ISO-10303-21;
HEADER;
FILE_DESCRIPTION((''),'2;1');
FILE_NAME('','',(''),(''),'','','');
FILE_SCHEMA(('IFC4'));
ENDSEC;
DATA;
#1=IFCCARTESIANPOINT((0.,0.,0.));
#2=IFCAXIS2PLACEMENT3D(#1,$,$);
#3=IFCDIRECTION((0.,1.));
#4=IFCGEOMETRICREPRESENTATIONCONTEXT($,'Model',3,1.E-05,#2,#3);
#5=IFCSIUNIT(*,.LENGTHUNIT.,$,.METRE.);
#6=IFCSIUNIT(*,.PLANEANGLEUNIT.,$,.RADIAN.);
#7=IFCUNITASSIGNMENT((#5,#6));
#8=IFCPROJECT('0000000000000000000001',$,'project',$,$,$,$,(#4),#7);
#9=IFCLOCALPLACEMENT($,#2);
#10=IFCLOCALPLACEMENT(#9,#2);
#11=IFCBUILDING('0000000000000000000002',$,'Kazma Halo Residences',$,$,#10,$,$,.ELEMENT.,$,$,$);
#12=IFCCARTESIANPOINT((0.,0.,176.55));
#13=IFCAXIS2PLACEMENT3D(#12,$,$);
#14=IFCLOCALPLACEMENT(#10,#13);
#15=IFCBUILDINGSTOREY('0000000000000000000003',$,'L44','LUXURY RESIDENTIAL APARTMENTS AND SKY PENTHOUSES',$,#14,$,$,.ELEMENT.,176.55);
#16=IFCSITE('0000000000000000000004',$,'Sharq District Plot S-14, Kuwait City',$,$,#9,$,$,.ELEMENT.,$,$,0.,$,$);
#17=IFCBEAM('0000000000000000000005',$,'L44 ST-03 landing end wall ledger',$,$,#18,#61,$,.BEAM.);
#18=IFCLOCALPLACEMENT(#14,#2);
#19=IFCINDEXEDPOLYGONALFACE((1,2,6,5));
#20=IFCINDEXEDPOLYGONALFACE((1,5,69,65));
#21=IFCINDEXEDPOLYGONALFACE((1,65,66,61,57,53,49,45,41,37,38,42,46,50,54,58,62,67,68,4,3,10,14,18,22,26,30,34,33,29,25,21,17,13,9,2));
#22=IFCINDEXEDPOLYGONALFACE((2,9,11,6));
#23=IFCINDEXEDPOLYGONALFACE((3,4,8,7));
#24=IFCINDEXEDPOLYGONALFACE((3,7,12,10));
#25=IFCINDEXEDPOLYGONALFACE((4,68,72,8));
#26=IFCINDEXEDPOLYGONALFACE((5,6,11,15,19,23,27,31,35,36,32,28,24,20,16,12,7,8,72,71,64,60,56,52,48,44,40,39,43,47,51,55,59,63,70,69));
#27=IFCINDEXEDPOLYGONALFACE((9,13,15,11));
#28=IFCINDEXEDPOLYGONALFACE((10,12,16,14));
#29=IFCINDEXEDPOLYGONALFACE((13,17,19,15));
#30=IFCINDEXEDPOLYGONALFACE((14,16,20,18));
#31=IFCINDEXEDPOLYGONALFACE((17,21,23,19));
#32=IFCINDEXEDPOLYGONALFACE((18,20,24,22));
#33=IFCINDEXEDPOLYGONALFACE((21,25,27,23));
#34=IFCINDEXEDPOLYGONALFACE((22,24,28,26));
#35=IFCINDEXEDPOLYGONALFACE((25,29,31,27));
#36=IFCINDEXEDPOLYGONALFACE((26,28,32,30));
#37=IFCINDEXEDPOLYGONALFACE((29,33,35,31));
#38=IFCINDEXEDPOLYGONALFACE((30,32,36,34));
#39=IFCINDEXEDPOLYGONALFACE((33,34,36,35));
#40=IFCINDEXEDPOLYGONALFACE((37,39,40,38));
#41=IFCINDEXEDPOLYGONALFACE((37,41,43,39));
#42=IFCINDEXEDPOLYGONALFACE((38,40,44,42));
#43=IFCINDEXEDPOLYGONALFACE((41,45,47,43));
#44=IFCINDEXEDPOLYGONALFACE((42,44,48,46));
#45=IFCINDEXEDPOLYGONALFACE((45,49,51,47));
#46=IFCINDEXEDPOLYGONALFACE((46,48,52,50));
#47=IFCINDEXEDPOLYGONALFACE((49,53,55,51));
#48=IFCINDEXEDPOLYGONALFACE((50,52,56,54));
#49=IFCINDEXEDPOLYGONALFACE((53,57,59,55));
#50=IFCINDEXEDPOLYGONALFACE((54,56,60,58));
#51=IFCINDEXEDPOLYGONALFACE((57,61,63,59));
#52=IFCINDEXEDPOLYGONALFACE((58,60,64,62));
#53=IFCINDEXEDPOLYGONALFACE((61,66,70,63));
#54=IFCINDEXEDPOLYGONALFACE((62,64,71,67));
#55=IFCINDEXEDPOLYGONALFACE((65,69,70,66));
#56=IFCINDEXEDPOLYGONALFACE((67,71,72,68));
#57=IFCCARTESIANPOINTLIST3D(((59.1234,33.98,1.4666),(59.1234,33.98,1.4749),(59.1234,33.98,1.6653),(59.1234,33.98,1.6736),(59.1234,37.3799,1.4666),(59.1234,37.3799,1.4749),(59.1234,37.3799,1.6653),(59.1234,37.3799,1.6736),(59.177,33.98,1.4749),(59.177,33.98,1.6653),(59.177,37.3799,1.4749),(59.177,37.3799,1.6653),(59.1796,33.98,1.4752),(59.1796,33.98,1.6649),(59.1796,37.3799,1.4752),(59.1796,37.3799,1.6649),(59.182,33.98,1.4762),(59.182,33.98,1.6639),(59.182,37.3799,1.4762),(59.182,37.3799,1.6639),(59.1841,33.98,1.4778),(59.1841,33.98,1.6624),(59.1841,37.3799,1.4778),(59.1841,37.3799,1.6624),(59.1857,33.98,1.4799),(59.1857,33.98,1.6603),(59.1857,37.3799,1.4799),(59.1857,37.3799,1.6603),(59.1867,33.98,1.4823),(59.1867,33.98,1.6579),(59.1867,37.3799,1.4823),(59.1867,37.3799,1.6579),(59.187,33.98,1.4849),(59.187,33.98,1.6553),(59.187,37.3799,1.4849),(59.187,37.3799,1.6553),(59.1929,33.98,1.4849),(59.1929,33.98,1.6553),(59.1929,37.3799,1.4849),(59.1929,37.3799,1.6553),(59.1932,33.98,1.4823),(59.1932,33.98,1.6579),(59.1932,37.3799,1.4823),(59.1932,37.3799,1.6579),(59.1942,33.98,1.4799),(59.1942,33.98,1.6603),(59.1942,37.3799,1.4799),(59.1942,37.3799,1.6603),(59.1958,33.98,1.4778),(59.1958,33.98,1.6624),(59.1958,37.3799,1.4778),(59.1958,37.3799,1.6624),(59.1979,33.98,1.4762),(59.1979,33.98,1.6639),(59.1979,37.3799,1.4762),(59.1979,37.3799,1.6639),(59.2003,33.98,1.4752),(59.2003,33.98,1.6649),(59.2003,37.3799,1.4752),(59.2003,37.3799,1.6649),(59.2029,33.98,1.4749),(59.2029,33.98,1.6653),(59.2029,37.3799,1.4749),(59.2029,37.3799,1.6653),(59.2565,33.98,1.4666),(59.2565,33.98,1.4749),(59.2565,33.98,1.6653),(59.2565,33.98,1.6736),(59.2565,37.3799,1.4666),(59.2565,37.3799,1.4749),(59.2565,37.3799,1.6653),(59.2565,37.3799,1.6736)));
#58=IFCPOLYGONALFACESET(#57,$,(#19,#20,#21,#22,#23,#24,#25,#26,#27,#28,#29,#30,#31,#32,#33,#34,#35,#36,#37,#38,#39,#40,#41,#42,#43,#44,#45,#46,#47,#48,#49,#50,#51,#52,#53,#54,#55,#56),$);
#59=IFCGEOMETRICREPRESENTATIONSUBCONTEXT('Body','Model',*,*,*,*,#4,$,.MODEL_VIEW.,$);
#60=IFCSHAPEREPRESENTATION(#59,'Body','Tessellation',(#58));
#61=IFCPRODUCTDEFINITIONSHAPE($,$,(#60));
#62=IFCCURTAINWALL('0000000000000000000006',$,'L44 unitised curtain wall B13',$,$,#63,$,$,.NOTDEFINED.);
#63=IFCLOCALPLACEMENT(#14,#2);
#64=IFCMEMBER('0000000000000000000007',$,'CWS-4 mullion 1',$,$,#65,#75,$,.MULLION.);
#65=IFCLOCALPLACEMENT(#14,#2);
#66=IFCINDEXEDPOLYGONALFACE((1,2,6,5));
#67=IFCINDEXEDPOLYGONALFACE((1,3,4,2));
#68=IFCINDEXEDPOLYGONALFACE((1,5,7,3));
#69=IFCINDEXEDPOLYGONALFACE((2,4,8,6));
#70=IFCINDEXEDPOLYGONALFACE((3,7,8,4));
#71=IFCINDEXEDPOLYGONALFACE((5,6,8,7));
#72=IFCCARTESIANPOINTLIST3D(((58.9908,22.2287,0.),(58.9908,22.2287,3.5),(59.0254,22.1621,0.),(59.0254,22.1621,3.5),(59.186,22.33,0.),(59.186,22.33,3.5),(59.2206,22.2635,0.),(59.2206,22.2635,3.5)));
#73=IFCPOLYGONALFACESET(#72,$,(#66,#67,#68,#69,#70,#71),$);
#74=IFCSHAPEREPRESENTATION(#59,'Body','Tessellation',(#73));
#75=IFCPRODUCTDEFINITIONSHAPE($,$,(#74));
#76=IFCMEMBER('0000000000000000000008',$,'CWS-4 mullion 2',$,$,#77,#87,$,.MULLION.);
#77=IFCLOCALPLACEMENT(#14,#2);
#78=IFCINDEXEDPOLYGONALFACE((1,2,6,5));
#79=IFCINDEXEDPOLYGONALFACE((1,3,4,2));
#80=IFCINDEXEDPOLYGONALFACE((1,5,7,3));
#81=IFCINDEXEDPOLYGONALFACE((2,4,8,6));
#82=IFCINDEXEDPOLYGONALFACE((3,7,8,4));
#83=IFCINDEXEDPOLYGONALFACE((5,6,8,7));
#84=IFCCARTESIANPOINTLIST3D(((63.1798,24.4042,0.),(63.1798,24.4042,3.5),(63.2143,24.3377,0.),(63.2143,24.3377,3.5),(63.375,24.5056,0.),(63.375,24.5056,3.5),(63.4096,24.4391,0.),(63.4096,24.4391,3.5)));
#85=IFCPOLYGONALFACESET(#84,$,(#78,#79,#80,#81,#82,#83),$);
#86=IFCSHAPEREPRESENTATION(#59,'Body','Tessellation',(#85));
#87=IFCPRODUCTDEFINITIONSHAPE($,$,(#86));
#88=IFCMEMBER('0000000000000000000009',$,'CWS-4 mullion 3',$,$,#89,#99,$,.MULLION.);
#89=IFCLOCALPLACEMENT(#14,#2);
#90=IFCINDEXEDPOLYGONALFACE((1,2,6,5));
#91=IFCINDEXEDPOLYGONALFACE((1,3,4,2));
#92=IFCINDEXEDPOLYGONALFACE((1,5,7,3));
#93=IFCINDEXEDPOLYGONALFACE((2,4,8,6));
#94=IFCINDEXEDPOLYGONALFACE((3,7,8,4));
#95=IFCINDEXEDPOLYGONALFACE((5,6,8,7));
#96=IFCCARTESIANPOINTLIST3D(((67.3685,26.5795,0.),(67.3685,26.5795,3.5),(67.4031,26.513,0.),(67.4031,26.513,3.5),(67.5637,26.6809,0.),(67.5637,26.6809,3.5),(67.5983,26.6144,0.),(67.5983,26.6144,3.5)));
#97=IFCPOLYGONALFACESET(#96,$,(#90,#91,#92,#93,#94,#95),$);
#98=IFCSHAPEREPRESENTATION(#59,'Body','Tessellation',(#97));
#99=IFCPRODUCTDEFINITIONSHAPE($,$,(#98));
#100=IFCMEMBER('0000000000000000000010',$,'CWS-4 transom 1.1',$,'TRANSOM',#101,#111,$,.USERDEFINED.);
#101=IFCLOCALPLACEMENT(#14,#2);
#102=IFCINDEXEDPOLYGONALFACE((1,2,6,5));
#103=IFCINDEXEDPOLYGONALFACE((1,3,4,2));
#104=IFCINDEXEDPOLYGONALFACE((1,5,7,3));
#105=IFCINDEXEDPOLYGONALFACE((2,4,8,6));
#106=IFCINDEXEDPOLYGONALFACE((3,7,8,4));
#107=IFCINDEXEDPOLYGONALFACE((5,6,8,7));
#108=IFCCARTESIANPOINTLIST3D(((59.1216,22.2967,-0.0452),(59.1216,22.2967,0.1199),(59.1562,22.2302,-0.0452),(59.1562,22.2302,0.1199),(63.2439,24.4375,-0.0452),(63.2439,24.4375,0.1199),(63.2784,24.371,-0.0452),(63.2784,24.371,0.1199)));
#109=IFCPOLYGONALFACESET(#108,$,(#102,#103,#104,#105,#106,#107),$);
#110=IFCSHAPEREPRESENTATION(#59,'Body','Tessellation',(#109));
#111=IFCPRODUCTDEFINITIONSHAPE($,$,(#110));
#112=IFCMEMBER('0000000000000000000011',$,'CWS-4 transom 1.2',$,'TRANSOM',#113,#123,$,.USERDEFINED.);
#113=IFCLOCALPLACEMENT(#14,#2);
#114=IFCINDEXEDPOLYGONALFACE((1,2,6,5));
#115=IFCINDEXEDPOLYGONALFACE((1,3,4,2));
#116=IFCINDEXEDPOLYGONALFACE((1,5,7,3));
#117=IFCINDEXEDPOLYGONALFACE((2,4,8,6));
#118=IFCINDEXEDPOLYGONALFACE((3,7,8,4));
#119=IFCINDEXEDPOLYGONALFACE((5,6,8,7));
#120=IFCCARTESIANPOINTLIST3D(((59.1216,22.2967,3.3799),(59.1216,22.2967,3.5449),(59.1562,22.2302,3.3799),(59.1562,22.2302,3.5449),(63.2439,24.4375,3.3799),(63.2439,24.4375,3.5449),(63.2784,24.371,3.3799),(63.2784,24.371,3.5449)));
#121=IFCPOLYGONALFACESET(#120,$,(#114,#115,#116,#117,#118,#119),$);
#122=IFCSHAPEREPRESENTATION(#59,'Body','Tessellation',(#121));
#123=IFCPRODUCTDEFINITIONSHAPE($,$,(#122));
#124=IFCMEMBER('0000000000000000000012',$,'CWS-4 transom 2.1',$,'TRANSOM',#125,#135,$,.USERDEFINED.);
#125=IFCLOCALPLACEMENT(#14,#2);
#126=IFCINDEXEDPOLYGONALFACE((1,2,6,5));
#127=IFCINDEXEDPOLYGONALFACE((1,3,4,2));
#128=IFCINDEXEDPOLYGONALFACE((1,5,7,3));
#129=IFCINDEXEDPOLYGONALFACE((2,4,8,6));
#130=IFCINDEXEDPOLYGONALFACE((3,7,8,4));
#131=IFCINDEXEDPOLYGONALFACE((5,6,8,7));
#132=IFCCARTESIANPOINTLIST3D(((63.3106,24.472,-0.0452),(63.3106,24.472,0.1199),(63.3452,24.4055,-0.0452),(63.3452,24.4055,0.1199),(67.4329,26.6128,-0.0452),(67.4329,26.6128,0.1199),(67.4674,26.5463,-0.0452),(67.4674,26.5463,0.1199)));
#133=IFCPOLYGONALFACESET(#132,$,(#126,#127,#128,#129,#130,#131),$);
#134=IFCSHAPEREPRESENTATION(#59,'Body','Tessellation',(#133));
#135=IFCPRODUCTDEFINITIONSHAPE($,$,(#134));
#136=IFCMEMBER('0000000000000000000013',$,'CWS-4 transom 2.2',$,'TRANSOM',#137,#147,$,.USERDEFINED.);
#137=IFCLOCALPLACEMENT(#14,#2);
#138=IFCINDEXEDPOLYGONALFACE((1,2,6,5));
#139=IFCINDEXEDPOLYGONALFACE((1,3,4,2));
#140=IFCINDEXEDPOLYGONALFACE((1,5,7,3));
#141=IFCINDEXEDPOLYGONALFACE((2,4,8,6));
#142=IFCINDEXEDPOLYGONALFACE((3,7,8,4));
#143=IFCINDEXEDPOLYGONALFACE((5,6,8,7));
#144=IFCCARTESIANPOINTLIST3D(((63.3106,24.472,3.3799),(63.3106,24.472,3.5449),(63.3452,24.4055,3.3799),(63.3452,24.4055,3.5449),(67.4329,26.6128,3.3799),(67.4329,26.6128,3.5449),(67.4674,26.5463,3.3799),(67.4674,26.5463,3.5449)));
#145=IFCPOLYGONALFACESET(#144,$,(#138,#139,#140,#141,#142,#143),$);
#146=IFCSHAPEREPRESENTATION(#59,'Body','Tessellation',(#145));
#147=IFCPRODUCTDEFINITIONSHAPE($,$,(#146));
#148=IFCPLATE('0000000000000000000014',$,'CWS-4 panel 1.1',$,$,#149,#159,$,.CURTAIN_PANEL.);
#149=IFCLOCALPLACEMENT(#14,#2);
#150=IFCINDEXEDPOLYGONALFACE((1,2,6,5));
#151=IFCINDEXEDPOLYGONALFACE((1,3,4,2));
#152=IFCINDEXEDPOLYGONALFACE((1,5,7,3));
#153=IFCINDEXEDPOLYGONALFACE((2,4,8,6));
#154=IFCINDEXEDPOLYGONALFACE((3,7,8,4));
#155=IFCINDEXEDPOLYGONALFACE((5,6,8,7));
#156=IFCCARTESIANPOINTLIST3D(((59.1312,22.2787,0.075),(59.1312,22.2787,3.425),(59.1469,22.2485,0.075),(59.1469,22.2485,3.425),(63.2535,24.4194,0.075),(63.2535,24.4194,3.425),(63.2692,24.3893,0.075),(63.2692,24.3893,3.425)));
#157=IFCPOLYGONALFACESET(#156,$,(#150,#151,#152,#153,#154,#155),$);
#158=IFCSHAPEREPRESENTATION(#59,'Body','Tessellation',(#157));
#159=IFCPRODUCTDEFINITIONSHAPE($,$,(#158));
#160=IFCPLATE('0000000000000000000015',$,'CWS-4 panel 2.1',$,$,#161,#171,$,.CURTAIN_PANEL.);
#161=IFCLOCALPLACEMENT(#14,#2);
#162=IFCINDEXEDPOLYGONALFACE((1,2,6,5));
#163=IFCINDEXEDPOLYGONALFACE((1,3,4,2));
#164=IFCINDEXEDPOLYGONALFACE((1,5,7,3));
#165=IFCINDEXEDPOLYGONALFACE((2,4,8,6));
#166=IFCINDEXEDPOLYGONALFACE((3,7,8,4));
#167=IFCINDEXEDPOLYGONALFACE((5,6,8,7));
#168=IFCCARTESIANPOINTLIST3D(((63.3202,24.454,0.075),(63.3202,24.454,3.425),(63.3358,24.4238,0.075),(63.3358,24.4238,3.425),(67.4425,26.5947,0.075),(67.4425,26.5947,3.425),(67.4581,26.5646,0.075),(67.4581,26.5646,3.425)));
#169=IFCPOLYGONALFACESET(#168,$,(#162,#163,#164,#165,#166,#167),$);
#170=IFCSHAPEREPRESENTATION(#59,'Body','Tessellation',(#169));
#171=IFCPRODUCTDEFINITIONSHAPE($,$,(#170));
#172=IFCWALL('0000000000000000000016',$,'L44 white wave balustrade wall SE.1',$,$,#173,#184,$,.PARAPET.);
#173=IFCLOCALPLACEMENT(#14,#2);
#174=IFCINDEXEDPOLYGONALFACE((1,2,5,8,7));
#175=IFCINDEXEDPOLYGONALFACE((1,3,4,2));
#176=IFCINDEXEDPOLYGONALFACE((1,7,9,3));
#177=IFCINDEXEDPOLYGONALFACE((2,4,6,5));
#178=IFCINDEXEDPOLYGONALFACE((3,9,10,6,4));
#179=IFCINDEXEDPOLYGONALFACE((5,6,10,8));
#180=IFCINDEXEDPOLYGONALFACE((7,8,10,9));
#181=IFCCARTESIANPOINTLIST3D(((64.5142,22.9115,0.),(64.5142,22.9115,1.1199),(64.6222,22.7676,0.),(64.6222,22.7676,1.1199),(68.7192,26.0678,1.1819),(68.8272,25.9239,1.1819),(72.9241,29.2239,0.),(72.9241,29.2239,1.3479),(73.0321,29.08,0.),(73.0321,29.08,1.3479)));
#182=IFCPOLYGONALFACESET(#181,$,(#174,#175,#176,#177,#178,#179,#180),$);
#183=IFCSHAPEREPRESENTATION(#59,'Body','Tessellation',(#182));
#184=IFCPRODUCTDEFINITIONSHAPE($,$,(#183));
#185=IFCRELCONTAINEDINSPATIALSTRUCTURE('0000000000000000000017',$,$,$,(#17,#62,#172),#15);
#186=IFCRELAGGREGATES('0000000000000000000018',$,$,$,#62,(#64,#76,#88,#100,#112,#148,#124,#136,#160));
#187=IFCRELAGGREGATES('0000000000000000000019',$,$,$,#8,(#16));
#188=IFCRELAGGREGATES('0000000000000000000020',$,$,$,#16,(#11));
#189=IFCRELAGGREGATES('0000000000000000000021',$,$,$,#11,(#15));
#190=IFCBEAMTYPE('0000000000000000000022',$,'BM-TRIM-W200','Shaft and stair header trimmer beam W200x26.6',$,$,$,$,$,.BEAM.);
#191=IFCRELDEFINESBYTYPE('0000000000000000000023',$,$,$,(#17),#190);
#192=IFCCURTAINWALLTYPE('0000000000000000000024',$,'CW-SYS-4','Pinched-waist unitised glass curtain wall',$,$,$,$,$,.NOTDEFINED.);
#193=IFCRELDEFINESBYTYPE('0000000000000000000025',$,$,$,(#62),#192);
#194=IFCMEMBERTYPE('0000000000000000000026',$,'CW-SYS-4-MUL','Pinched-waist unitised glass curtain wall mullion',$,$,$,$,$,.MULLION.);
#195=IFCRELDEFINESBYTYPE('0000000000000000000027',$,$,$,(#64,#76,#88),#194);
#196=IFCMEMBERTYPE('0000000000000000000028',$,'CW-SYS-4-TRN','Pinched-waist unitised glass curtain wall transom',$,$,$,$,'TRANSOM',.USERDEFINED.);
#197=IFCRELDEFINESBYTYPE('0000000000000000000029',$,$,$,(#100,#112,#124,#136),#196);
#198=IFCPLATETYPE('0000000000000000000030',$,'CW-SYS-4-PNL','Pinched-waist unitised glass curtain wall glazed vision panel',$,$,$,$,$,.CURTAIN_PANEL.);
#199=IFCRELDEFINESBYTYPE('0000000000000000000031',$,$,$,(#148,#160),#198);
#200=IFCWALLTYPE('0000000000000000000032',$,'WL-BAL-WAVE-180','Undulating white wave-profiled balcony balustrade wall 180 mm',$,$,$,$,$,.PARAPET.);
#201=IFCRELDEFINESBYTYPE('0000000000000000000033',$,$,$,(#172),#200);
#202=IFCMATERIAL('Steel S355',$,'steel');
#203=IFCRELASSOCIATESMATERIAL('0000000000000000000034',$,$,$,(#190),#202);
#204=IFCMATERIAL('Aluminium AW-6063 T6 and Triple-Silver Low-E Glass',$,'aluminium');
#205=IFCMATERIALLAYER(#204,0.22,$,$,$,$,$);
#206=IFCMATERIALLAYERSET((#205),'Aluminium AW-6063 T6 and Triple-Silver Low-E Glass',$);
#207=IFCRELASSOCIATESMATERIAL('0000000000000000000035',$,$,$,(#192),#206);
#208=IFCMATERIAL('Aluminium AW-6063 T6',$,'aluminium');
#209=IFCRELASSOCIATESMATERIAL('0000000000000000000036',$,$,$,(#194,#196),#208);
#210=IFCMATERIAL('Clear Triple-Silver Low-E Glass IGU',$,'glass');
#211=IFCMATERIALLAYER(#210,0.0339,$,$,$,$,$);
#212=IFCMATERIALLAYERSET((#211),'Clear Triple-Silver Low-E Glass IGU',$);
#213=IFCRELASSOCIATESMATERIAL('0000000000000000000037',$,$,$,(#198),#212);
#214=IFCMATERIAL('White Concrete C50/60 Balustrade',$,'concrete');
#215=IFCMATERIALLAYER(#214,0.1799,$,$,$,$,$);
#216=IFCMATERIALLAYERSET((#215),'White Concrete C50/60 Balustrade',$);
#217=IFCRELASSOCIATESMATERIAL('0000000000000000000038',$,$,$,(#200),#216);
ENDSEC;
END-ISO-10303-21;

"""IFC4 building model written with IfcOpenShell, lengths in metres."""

from ifc_helpers import new_model, si_unit, direction, frame, origin, origin_2d, place, context, subcontext, project, spatial, polyline, rectangle, i_section, outline, extrude, material, layer, layer_set, material_profile, profile_set, type_object, element, aggregate, save


model = new_model("IFC4")

# Units and contexts
model_context = context("Model", 3, precision=1e-05, world=origin(), true_north=direction((0.0, 1.0)))
body_context = subcontext(model_context, "Body", "Model", "MODEL_VIEW")
ifc_project = project(units=[si_unit("LENGTHUNIT", "METRE"), si_unit("PLANEANGLEUNIT", "RADIAN")], contexts=[model_context])

# Site, building, storey
site_placement = place(None, origin())
site = spatial("IfcSite", under=ifc_project, at=site_placement, Name="Sharq District Plot S-14, Kuwait City", CompositionType="ELEMENT", RefElevation=0.0)
building_placement = place(site_placement, origin())
building = spatial("IfcBuilding", under=site, at=building_placement, Name="Kazma Halo Residences", CompositionType="ELEMENT")
storey_placement = place(building_placement, frame((0.0, 0.0, 176.55)))
storey = spatial("IfcBuildingStorey", under=building, at=storey_placement, Name="L44", Description="LUXURY RESIDENTIAL APARTMENTS AND SKY PENTHOUSES", CompositionType="ELEMENT", Elevation=176.55)

# Beam
ifc_material_1 = material(Name="Steel S355", Category="steel")
ifc_material_profile_1 = material_profile(ifc_material_1, i_section(OverallWidth=0.1331, OverallDepth=0.207, WebThickness=0.0059, FlangeThickness=0.0083, FilletRadius=0.01, at=origin_2d()), Name="W200x26.6")
ifc_profile_set_1 = profile_set([ifc_material_profile_1], Name="Steel S355")
beam_type_1 = type_object("IfcBeamType", Name="BM-TRIM-W200", Description="Shaft and stair header trimmer beam W200x26.6", PredefinedType="BEAM", material=ifc_profile_set_1)
beam_1_placement = place(storey_placement, frame((59.1899, 33.98, 1.5701), z_axis=(0.0, 1.0, 0.0), x_axis=(-1.0, 0.0, 0.0)))
element("IfcBeam", 1, at=beam_1_placement, inside=storey, type_object=beam_type_1, Name="L44 ST-03 landing end wall ledger", PredefinedType="BEAM", context=body_context, shape_type="SweptSolid", body=[
    extrude(i_section(OverallWidth=0.1331, OverallDepth=0.207, WebThickness=0.0059, FlangeThickness=0.0083, FilletRadius=0.01, at=origin_2d()), origin(), (0.0, 0.0, 1.0), 3.3999),
])

# Curtain wall, members, plates
ifc_material_2 = material(Name="Aluminium AW-6063 T6 and Triple-Silver Low-E Glass", Category="aluminium")
ifc_layer_1 = layer(ifc_material_2, 0.22)
ifc_layer_set_1 = layer_set([ifc_layer_1], Name="Aluminium AW-6063 T6 and Triple-Silver Low-E Glass")
curtain_wall_type = type_object("IfcCurtainWallType", Name="CW-SYS-4", Description="Pinched-waist unitised glass curtain wall", PredefinedType="NOTDEFINED", material=ifc_layer_set_1)
curtain_wall_placement = place(storey_placement, origin())
curtain_wall = element("IfcCurtainWall", 2, at=curtain_wall_placement, inside=storey, type_object=curtain_wall_type, Name="L44 unitised curtain wall B13", PredefinedType="NOTDEFINED")
ifc_material_3 = material(Name="Aluminium AW-6063 T6", Category="aluminium")
ifc_material_profile_2 = material_profile(ifc_material_3, rectangle(XDim=0.075, YDim=0.22, at=origin_2d()), Name="CWM-75x220")
ifc_profile_set_2 = profile_set([ifc_material_profile_2], Name="Aluminium AW-6063 T6")
member_type_1 = type_object("IfcMemberType", Name="CW-SYS-4-MUL", Description="Pinched-waist unitised glass curtain wall mullion", PredefinedType="MULLION", material=ifc_profile_set_2)
member_1_placement = place(storey_placement, frame((59.1057, 22.2461, 0.0), z_axis=(0.0, 0.0, 1.0), x_axis=(-0.460874, 0.887466, 0.0)))
member_1 = element("IfcMember", 3, at=member_1_placement, type_object=member_type_1, Name="CWS-4 mullion 1", PredefinedType="MULLION", context=body_context, shape_type="SweptSolid", body=[
    extrude(rectangle(XDim=0.075, YDim=0.22, at=origin_2d()), origin(), (0.0, 0.0, 1.0), 3.5),
])
member_2_placement = place(storey_placement, frame((63.2947, 24.4216, 0.0), z_axis=(0.0, 0.0, 1.0), x_axis=(-0.460874, 0.887466, 0.0)))
member_2 = element("IfcMember", 4, at=member_2_placement, type_object=member_type_1, Name="CWS-4 mullion 2", PredefinedType="MULLION", context=body_context, shape_type="SweptSolid", body=[
    extrude(rectangle(XDim=0.075, YDim=0.22, at=origin_2d()), origin(), (0.0, 0.0, 1.0), 3.5),
])
member_3_placement = place(storey_placement, frame((67.4834, 26.5969, 0.0), z_axis=(0.0, 0.0, 1.0), x_axis=(-0.460874, 0.887466, 0.0)))
member_3 = element("IfcMember", 5, at=member_3_placement, type_object=member_type_1, Name="CWS-4 mullion 3", PredefinedType="MULLION", context=body_context, shape_type="SweptSolid", body=[
    extrude(rectangle(XDim=0.075, YDim=0.22, at=origin_2d()), origin(), (0.0, 0.0, 1.0), 3.5),
])
ifc_material_profile_3 = material_profile(ifc_material_3, rectangle(XDim=0.075, YDim=0.165, at=origin_2d()), Name="CWT-75x165")
ifc_profile_set_3 = profile_set([ifc_material_profile_3], Name="Aluminium AW-6063 T6")
member_type_2 = type_object("IfcMemberType", Name="CW-SYS-4-TRN", Description="Pinched-waist unitised glass curtain wall transom", ElementType="TRANSOM", PredefinedType="USERDEFINED", material=ifc_profile_set_3)
member_4_placement = place(storey_placement, frame((59.1389, 22.2634, 0.0374), z_axis=(0.887458, 0.460889, 0.0), x_axis=(-0.460889, 0.887458, 0.0)))
member_4 = element("IfcMember", 6, at=member_4_placement, type_object=member_type_2, Name="CWS-4 transom 1.1", ObjectType="TRANSOM", PredefinedType="USERDEFINED", context=body_context, shape_type="SweptSolid", body=[
    extrude(rectangle(XDim=0.075, YDim=0.165, at=origin_2d()), origin(), (0.0, 0.0, 1.0), 4.645),
])
member_5_placement = place(storey_placement, frame((59.1389, 22.2634, 3.4624), z_axis=(0.887458, 0.460889, 0.0), x_axis=(-0.460889, 0.887458, 0.0)))
member_5 = element("IfcMember", 7, at=member_5_placement, type_object=member_type_2, Name="CWS-4 transom 1.2", ObjectType="TRANSOM", PredefinedType="USERDEFINED", context=body_context, shape_type="SweptSolid", body=[
    extrude(rectangle(XDim=0.075, YDim=0.165, at=origin_2d()), origin(), (0.0, 0.0, 1.0), 4.645),
])
member_6_placement = place(storey_placement, frame((63.3279, 24.4387, 0.0374), z_axis=(0.887458, 0.460889, 0.0), x_axis=(-0.460889, 0.887458, 0.0)))
member_6 = element("IfcMember", 8, at=member_6_placement, type_object=member_type_2, Name="CWS-4 transom 2.1", ObjectType="TRANSOM", PredefinedType="USERDEFINED", context=body_context, shape_type="SweptSolid", body=[
    extrude(rectangle(XDim=0.075, YDim=0.165, at=origin_2d()), origin(), (0.0, 0.0, 1.0), 4.645),
])
member_7_placement = place(storey_placement, frame((63.3279, 24.4387, 3.4624), z_axis=(0.887458, 0.460889, 0.0), x_axis=(-0.460889, 0.887458, 0.0)))
member_7 = element("IfcMember", 9, at=member_7_placement, type_object=member_type_2, Name="CWS-4 transom 2.2", ObjectType="TRANSOM", PredefinedType="USERDEFINED", context=body_context, shape_type="SweptSolid", body=[
    extrude(rectangle(XDim=0.075, YDim=0.165, at=origin_2d()), origin(), (0.0, 0.0, 1.0), 4.645),
])
ifc_material_4 = material(Name="Clear Triple-Silver Low-E Glass IGU", Category="glass")
ifc_layer_2 = layer(ifc_material_4, 0.0339)
ifc_layer_set_2 = layer_set([ifc_layer_2], Name="Clear Triple-Silver Low-E Glass IGU")
plate_type = type_object("IfcPlateType", Name="CW-SYS-4-PNL", Description="Pinched-waist unitised glass curtain wall glazed vision panel", PredefinedType="CURTAIN_PANEL", material=ifc_layer_set_2)
plate_1_placement = place(storey_placement, frame((61.2002, 23.334, 0.075), z_axis=(0.0, 0.0, 1.0), x_axis=(0.887466, 0.460874, 0.0)))
plate_1 = element("IfcPlate", 10, at=plate_1_placement, type_object=plate_type, Name="CWS-4 panel 1.1", PredefinedType="CURTAIN_PANEL", context=body_context, shape_type="SweptSolid", body=[
    extrude(rectangle(XDim=4.645, YDim=0.0339, at=origin_2d()), origin(), (0.0, 0.0, 1.0), 3.3501),
])
plate_2_placement = place(storey_placement, frame((65.3892, 25.5093, 0.075), z_axis=(0.0, 0.0, 1.0), x_axis=(0.887466, 0.460874, 0.0)))
plate_2 = element("IfcPlate", 11, at=plate_2_placement, type_object=plate_type, Name="CWS-4 panel 2.1", PredefinedType="CURTAIN_PANEL", context=body_context, shape_type="SweptSolid", body=[
    extrude(rectangle(XDim=4.645, YDim=0.0339, at=origin_2d()), origin(), (0.0, 0.0, 1.0), 3.3501),
])
aggregate(curtain_wall, [member_1, member_2, member_3, member_4, member_5, plate_1, member_6, member_7, plate_2])

# Wall
ifc_material_5 = material(Name="White Concrete C50/60 Balustrade", Category="concrete")
ifc_layer_3 = layer(ifc_material_5, 0.1799)
ifc_layer_set_3 = layer_set([ifc_layer_3], Name="White Concrete C50/60 Balustrade")
wall_type_1 = type_object("IfcWallType", Name="WL-BAL-WAVE-180", Description="Undulating white wave-profiled balcony balustrade wall 180 mm", PredefinedType="PARAPET", material=ifc_layer_set_3)
wall_1_placement = place(storey_placement, frame((64.5681, 22.8396, 0.0), z_axis=(0.0, 0.0, 1.0), x_axis=(0.799769, 0.600308, 0.0)))
element("IfcWall", 12, at=wall_1_placement, inside=storey, type_object=wall_type_1, Name="L44 white wave balustrade wall SE.1", PredefinedType="PARAPET", context=body_context, shape_type="SweptSolid", body=[
    extrude(outline(polyline([(0.0, 0.0), (10.5154, 0.0), (10.5154, 1.3479), (5.2578, 1.1819), (0.0, 1.1199), (0.0, 0.0)])), frame((0.0, 0.0898, 0.0), z_axis=(0.0, -1.0, 0.0), x_axis=(1.0, 0.0, 0.0)), (0.0, 0.0, 1.0), 0.1799),
])

save(model, "model.ifc")
